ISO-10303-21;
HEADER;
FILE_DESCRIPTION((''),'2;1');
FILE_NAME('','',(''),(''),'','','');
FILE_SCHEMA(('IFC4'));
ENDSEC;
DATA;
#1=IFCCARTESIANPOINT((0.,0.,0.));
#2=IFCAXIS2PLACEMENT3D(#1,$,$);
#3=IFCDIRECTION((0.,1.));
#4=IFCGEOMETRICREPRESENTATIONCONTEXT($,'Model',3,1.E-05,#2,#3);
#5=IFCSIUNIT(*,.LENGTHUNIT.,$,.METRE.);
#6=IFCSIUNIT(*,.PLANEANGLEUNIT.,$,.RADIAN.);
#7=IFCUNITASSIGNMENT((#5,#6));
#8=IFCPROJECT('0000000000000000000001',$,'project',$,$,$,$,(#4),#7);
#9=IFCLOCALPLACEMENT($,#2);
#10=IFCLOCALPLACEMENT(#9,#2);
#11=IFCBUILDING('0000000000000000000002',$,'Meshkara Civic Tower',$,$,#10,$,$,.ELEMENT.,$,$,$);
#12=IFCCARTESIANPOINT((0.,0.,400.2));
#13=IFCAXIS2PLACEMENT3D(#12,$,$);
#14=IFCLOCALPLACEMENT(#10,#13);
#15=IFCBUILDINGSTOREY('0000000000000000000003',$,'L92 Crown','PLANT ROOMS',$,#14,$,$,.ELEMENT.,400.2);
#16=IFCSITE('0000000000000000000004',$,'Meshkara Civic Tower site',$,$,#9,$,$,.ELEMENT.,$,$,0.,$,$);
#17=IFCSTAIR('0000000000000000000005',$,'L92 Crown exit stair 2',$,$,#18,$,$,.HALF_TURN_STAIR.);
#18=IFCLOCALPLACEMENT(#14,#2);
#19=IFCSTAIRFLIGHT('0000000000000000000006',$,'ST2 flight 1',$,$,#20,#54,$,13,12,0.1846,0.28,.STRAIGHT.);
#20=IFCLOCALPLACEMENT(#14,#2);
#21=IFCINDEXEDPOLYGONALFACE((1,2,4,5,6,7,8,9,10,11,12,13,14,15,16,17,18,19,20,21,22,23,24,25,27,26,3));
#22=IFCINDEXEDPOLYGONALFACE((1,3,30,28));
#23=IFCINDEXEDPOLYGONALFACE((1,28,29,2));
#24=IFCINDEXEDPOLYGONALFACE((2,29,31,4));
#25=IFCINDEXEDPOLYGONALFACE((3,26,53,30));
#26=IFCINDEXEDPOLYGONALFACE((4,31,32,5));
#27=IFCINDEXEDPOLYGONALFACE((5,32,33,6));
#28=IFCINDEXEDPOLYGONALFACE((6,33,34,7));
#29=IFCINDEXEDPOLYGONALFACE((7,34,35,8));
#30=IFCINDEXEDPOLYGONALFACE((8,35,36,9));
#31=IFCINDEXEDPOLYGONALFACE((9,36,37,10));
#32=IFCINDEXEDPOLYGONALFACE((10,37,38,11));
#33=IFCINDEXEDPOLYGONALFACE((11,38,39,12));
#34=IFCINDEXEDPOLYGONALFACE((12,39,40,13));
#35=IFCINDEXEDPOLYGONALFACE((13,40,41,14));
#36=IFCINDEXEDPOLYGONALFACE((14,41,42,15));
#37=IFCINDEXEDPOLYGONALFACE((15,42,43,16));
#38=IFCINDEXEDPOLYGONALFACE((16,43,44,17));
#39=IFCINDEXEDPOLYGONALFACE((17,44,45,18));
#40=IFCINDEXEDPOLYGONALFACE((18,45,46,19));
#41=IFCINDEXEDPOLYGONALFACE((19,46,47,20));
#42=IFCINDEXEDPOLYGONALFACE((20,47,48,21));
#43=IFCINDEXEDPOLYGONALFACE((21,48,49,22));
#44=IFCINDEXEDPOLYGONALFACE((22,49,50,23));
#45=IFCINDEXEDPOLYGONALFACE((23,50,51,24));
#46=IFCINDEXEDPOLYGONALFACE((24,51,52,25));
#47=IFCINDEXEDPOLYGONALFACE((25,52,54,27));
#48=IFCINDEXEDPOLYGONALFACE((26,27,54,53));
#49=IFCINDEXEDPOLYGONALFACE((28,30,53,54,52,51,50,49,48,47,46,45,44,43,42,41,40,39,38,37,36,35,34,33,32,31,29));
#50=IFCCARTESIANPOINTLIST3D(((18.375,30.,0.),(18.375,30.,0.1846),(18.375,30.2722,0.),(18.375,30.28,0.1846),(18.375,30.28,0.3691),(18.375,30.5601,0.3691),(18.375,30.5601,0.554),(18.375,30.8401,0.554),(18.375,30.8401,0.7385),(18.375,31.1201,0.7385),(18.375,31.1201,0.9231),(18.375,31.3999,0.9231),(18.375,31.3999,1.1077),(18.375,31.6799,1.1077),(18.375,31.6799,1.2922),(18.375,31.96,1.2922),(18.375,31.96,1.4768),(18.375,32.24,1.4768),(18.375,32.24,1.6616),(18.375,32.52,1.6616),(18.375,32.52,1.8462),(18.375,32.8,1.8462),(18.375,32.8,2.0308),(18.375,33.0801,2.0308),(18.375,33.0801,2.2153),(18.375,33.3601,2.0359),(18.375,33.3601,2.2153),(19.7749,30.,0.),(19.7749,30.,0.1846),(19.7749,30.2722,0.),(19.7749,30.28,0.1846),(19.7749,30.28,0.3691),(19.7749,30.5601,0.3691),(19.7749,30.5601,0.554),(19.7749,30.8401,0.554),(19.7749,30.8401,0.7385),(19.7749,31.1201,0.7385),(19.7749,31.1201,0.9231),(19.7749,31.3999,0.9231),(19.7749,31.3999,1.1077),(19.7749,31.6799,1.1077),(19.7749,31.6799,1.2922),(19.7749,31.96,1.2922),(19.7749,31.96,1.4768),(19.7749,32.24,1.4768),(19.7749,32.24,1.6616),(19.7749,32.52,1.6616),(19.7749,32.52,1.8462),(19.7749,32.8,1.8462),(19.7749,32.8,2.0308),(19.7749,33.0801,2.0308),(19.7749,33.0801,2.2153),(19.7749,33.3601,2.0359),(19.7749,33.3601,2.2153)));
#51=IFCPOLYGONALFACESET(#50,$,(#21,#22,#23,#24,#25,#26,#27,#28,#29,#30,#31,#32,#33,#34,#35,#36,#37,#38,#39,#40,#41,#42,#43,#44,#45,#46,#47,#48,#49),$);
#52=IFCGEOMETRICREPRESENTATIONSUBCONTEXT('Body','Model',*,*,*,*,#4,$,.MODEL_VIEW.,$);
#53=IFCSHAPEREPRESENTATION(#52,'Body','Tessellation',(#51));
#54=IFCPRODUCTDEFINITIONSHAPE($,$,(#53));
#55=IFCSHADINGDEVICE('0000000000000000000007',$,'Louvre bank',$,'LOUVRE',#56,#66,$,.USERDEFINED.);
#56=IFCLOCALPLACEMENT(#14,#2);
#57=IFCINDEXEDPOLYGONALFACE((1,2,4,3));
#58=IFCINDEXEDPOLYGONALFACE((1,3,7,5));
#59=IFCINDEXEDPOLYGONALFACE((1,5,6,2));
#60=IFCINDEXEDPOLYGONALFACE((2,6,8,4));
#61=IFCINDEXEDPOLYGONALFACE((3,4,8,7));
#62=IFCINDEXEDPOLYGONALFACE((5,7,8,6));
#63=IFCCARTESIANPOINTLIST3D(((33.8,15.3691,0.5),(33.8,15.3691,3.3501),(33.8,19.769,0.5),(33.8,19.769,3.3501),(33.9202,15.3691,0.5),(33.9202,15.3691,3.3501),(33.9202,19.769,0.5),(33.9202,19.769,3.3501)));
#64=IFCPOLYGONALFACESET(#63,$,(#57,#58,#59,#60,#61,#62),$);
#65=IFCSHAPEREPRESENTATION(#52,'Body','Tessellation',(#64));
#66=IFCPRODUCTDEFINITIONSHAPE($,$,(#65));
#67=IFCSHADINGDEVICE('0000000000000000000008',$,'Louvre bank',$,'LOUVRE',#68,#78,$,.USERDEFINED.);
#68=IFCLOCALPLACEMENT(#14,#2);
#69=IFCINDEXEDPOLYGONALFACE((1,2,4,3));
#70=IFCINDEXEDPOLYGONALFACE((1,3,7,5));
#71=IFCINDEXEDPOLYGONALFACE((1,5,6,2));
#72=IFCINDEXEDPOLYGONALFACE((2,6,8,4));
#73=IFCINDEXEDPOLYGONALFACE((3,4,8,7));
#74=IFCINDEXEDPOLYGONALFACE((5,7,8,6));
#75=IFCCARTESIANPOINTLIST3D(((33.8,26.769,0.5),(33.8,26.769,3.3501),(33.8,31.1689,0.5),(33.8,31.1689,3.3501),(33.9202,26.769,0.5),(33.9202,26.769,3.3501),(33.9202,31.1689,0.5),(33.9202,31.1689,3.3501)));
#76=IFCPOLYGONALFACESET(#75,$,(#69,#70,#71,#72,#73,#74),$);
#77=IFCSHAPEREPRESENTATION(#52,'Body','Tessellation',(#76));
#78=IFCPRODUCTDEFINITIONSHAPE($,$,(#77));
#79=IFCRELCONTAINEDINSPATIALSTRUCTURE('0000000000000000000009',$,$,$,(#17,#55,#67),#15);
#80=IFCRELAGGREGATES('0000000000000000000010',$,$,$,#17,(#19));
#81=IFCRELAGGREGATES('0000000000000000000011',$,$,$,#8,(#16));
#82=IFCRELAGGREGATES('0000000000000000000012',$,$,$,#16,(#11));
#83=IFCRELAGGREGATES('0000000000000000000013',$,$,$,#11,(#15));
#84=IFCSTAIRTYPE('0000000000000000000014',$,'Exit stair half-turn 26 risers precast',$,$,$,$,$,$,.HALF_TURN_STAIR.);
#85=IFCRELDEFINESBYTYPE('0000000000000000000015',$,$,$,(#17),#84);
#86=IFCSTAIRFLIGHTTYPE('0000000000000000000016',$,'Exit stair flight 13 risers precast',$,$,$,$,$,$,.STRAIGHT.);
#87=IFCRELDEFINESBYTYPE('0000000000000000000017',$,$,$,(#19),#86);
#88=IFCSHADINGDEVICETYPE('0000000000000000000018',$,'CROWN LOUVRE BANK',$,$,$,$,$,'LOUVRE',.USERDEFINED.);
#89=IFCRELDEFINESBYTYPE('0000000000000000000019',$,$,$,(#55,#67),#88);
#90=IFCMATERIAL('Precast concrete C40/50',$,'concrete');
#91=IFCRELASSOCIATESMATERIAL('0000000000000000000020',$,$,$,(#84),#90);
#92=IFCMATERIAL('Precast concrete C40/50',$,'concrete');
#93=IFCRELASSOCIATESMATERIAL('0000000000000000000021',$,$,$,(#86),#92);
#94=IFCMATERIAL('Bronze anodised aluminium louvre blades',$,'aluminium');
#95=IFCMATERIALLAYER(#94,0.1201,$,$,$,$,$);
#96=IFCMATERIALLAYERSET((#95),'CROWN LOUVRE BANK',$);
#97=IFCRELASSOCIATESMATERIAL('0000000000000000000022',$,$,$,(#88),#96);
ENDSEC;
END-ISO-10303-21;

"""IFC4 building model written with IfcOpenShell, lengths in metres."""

from ifc_helpers import new_model, si_unit, direction, frame, origin, origin_2d, place, context, subcontext, project, spatial, polyline, rectangle, outline, extrude, material, layer, layer_set, type_object, element, aggregate, save


model = new_model("IFC4")

# Units and contexts
model_context = context("Model", 3, precision=1e-05, world=origin(), true_north=direction((0.0, 1.0)))
body_context = subcontext(model_context, "Body", "Model", "MODEL_VIEW")
ifc_project = project(units=[si_unit("LENGTHUNIT", "METRE"), si_unit("PLANEANGLEUNIT", "RADIAN")], contexts=[model_context])

# Site, building, storey
site_placement = place(None, origin())
site = spatial("IfcSite", under=ifc_project, at=site_placement, Name="Meshkara Civic Tower site", CompositionType="ELEMENT", RefElevation=0.0)
building_placement = place(site_placement, origin())
building = spatial("IfcBuilding", under=site, at=building_placement, Name="Meshkara Civic Tower", CompositionType="ELEMENT")
storey_placement = place(building_placement, frame((0.0, 0.0, 400.2)))
storey = spatial("IfcBuildingStorey", under=building, at=storey_placement, Name="L92 Crown", Description="PLANT ROOMS", CompositionType="ELEMENT", Elevation=400.2)

# Stair, stair flight
ifc_material_1 = material(Name="Precast concrete C40/50", Category="concrete")
stair_type = type_object("IfcStairType", Name="Exit stair half-turn 26 risers precast", PredefinedType="HALF_TURN_STAIR", material=ifc_material_1)
stair_placement = place(storey_placement, origin())
stair = element("IfcStair", 1, at=stair_placement, inside=storey, type_object=stair_type, Name="L92 Crown exit stair 2", PredefinedType="HALF_TURN_STAIR")
ifc_material_2 = material(Name="Precast concrete C40/50", Category="concrete")
stair_flight_type = type_object("IfcStairFlightType", Name="Exit stair flight 13 risers precast", PredefinedType="STRAIGHT", material=ifc_material_2)
stair_flight_placement = place(storey_placement, frame((19.075, 30.0, 0.0), z_axis=(0.0, 0.0, 1.0), x_axis=(0.0, 1.0, 0.0)))
stair_flight = element("IfcStairFlight", 2, at=stair_flight_placement, type_object=stair_flight_type, Name="ST2 flight 1", NumberOfRisers=13, NumberOfTreads=12, PredefinedType="STRAIGHT", RiserHeight=0.1846, TreadLength=0.28, context=body_context, shape_type="SweptSolid", body=[
    extrude(outline(polyline([(0.0, 0.0), (0.0, 0.1846), (0.28, 0.1846), (0.28, 0.3691), (0.5601, 0.3691), (0.5601, 0.554), (0.8401, 0.554), (0.8401, 0.7385), (1.1201, 0.7385), (1.1201, 0.9231), (1.3999, 0.9231), (1.3999, 1.1077), (1.6799, 1.1077), (1.6799, 1.2922), (1.96, 1.2922), (1.96, 1.4768), (2.24, 1.4768), (2.24, 1.6616), (2.52, 1.6616), (2.52, 1.8462), (2.8, 1.8462), (2.8, 2.0308), (3.0801, 2.0308), (3.0801, 2.2153), (3.3601, 2.2153), (3.3601, 2.3999), (3.3601, 2.0359), (0.2722, 0.0), (0.0, 0.0)])), frame((0.0, 0.7, 0.0), z_axis=(0.0, -1.0, 0.0), x_axis=(1.0, 0.0, 0.0)), (0.0, 0.0, 1.0), 1.3999),
])
aggregate(stair, [stair_flight])

# Shading devices
ifc_material_3 = material(Name="Bronze anodised aluminium louvre blades", Category="aluminium")
ifc_layer_1 = layer(ifc_material_3, 0.1201)
ifc_layer_set_1 = layer_set([ifc_layer_1], Name="CROWN LOUVRE BANK")
shading_device_type = type_object("IfcShadingDeviceType", Name="CROWN LOUVRE BANK", ElementType="LOUVRE", PredefinedType="USERDEFINED", material=ifc_layer_set_1)
for number, where, z_axis, x_axis, name in (
    (3, (33.8601, 17.5691, 0.5), (0.0, 0.0, 1.0), (0.0, 1.0, 0.0), "Louvre bank"),
    (4, (33.8601, 28.969, 0.5), (0.0, 0.0, 1.0), (0.0, 1.0, 0.0), "Louvre bank"),
):
    element("IfcShadingDevice", number, at=place(storey_placement, frame(where, z_axis=z_axis, x_axis=x_axis)), inside=storey, type_object=shading_device_type, Name=name, ObjectType="LOUVRE", PredefinedType="USERDEFINED", context=body_context, shape_type="SweptSolid", body=[
        extrude(rectangle(XDim=4.3999, YDim=0.1201, at=origin_2d()), origin(), (0.0, 0.0, 1.0), 2.8501),
    ])

save(model, "model.ifc")
